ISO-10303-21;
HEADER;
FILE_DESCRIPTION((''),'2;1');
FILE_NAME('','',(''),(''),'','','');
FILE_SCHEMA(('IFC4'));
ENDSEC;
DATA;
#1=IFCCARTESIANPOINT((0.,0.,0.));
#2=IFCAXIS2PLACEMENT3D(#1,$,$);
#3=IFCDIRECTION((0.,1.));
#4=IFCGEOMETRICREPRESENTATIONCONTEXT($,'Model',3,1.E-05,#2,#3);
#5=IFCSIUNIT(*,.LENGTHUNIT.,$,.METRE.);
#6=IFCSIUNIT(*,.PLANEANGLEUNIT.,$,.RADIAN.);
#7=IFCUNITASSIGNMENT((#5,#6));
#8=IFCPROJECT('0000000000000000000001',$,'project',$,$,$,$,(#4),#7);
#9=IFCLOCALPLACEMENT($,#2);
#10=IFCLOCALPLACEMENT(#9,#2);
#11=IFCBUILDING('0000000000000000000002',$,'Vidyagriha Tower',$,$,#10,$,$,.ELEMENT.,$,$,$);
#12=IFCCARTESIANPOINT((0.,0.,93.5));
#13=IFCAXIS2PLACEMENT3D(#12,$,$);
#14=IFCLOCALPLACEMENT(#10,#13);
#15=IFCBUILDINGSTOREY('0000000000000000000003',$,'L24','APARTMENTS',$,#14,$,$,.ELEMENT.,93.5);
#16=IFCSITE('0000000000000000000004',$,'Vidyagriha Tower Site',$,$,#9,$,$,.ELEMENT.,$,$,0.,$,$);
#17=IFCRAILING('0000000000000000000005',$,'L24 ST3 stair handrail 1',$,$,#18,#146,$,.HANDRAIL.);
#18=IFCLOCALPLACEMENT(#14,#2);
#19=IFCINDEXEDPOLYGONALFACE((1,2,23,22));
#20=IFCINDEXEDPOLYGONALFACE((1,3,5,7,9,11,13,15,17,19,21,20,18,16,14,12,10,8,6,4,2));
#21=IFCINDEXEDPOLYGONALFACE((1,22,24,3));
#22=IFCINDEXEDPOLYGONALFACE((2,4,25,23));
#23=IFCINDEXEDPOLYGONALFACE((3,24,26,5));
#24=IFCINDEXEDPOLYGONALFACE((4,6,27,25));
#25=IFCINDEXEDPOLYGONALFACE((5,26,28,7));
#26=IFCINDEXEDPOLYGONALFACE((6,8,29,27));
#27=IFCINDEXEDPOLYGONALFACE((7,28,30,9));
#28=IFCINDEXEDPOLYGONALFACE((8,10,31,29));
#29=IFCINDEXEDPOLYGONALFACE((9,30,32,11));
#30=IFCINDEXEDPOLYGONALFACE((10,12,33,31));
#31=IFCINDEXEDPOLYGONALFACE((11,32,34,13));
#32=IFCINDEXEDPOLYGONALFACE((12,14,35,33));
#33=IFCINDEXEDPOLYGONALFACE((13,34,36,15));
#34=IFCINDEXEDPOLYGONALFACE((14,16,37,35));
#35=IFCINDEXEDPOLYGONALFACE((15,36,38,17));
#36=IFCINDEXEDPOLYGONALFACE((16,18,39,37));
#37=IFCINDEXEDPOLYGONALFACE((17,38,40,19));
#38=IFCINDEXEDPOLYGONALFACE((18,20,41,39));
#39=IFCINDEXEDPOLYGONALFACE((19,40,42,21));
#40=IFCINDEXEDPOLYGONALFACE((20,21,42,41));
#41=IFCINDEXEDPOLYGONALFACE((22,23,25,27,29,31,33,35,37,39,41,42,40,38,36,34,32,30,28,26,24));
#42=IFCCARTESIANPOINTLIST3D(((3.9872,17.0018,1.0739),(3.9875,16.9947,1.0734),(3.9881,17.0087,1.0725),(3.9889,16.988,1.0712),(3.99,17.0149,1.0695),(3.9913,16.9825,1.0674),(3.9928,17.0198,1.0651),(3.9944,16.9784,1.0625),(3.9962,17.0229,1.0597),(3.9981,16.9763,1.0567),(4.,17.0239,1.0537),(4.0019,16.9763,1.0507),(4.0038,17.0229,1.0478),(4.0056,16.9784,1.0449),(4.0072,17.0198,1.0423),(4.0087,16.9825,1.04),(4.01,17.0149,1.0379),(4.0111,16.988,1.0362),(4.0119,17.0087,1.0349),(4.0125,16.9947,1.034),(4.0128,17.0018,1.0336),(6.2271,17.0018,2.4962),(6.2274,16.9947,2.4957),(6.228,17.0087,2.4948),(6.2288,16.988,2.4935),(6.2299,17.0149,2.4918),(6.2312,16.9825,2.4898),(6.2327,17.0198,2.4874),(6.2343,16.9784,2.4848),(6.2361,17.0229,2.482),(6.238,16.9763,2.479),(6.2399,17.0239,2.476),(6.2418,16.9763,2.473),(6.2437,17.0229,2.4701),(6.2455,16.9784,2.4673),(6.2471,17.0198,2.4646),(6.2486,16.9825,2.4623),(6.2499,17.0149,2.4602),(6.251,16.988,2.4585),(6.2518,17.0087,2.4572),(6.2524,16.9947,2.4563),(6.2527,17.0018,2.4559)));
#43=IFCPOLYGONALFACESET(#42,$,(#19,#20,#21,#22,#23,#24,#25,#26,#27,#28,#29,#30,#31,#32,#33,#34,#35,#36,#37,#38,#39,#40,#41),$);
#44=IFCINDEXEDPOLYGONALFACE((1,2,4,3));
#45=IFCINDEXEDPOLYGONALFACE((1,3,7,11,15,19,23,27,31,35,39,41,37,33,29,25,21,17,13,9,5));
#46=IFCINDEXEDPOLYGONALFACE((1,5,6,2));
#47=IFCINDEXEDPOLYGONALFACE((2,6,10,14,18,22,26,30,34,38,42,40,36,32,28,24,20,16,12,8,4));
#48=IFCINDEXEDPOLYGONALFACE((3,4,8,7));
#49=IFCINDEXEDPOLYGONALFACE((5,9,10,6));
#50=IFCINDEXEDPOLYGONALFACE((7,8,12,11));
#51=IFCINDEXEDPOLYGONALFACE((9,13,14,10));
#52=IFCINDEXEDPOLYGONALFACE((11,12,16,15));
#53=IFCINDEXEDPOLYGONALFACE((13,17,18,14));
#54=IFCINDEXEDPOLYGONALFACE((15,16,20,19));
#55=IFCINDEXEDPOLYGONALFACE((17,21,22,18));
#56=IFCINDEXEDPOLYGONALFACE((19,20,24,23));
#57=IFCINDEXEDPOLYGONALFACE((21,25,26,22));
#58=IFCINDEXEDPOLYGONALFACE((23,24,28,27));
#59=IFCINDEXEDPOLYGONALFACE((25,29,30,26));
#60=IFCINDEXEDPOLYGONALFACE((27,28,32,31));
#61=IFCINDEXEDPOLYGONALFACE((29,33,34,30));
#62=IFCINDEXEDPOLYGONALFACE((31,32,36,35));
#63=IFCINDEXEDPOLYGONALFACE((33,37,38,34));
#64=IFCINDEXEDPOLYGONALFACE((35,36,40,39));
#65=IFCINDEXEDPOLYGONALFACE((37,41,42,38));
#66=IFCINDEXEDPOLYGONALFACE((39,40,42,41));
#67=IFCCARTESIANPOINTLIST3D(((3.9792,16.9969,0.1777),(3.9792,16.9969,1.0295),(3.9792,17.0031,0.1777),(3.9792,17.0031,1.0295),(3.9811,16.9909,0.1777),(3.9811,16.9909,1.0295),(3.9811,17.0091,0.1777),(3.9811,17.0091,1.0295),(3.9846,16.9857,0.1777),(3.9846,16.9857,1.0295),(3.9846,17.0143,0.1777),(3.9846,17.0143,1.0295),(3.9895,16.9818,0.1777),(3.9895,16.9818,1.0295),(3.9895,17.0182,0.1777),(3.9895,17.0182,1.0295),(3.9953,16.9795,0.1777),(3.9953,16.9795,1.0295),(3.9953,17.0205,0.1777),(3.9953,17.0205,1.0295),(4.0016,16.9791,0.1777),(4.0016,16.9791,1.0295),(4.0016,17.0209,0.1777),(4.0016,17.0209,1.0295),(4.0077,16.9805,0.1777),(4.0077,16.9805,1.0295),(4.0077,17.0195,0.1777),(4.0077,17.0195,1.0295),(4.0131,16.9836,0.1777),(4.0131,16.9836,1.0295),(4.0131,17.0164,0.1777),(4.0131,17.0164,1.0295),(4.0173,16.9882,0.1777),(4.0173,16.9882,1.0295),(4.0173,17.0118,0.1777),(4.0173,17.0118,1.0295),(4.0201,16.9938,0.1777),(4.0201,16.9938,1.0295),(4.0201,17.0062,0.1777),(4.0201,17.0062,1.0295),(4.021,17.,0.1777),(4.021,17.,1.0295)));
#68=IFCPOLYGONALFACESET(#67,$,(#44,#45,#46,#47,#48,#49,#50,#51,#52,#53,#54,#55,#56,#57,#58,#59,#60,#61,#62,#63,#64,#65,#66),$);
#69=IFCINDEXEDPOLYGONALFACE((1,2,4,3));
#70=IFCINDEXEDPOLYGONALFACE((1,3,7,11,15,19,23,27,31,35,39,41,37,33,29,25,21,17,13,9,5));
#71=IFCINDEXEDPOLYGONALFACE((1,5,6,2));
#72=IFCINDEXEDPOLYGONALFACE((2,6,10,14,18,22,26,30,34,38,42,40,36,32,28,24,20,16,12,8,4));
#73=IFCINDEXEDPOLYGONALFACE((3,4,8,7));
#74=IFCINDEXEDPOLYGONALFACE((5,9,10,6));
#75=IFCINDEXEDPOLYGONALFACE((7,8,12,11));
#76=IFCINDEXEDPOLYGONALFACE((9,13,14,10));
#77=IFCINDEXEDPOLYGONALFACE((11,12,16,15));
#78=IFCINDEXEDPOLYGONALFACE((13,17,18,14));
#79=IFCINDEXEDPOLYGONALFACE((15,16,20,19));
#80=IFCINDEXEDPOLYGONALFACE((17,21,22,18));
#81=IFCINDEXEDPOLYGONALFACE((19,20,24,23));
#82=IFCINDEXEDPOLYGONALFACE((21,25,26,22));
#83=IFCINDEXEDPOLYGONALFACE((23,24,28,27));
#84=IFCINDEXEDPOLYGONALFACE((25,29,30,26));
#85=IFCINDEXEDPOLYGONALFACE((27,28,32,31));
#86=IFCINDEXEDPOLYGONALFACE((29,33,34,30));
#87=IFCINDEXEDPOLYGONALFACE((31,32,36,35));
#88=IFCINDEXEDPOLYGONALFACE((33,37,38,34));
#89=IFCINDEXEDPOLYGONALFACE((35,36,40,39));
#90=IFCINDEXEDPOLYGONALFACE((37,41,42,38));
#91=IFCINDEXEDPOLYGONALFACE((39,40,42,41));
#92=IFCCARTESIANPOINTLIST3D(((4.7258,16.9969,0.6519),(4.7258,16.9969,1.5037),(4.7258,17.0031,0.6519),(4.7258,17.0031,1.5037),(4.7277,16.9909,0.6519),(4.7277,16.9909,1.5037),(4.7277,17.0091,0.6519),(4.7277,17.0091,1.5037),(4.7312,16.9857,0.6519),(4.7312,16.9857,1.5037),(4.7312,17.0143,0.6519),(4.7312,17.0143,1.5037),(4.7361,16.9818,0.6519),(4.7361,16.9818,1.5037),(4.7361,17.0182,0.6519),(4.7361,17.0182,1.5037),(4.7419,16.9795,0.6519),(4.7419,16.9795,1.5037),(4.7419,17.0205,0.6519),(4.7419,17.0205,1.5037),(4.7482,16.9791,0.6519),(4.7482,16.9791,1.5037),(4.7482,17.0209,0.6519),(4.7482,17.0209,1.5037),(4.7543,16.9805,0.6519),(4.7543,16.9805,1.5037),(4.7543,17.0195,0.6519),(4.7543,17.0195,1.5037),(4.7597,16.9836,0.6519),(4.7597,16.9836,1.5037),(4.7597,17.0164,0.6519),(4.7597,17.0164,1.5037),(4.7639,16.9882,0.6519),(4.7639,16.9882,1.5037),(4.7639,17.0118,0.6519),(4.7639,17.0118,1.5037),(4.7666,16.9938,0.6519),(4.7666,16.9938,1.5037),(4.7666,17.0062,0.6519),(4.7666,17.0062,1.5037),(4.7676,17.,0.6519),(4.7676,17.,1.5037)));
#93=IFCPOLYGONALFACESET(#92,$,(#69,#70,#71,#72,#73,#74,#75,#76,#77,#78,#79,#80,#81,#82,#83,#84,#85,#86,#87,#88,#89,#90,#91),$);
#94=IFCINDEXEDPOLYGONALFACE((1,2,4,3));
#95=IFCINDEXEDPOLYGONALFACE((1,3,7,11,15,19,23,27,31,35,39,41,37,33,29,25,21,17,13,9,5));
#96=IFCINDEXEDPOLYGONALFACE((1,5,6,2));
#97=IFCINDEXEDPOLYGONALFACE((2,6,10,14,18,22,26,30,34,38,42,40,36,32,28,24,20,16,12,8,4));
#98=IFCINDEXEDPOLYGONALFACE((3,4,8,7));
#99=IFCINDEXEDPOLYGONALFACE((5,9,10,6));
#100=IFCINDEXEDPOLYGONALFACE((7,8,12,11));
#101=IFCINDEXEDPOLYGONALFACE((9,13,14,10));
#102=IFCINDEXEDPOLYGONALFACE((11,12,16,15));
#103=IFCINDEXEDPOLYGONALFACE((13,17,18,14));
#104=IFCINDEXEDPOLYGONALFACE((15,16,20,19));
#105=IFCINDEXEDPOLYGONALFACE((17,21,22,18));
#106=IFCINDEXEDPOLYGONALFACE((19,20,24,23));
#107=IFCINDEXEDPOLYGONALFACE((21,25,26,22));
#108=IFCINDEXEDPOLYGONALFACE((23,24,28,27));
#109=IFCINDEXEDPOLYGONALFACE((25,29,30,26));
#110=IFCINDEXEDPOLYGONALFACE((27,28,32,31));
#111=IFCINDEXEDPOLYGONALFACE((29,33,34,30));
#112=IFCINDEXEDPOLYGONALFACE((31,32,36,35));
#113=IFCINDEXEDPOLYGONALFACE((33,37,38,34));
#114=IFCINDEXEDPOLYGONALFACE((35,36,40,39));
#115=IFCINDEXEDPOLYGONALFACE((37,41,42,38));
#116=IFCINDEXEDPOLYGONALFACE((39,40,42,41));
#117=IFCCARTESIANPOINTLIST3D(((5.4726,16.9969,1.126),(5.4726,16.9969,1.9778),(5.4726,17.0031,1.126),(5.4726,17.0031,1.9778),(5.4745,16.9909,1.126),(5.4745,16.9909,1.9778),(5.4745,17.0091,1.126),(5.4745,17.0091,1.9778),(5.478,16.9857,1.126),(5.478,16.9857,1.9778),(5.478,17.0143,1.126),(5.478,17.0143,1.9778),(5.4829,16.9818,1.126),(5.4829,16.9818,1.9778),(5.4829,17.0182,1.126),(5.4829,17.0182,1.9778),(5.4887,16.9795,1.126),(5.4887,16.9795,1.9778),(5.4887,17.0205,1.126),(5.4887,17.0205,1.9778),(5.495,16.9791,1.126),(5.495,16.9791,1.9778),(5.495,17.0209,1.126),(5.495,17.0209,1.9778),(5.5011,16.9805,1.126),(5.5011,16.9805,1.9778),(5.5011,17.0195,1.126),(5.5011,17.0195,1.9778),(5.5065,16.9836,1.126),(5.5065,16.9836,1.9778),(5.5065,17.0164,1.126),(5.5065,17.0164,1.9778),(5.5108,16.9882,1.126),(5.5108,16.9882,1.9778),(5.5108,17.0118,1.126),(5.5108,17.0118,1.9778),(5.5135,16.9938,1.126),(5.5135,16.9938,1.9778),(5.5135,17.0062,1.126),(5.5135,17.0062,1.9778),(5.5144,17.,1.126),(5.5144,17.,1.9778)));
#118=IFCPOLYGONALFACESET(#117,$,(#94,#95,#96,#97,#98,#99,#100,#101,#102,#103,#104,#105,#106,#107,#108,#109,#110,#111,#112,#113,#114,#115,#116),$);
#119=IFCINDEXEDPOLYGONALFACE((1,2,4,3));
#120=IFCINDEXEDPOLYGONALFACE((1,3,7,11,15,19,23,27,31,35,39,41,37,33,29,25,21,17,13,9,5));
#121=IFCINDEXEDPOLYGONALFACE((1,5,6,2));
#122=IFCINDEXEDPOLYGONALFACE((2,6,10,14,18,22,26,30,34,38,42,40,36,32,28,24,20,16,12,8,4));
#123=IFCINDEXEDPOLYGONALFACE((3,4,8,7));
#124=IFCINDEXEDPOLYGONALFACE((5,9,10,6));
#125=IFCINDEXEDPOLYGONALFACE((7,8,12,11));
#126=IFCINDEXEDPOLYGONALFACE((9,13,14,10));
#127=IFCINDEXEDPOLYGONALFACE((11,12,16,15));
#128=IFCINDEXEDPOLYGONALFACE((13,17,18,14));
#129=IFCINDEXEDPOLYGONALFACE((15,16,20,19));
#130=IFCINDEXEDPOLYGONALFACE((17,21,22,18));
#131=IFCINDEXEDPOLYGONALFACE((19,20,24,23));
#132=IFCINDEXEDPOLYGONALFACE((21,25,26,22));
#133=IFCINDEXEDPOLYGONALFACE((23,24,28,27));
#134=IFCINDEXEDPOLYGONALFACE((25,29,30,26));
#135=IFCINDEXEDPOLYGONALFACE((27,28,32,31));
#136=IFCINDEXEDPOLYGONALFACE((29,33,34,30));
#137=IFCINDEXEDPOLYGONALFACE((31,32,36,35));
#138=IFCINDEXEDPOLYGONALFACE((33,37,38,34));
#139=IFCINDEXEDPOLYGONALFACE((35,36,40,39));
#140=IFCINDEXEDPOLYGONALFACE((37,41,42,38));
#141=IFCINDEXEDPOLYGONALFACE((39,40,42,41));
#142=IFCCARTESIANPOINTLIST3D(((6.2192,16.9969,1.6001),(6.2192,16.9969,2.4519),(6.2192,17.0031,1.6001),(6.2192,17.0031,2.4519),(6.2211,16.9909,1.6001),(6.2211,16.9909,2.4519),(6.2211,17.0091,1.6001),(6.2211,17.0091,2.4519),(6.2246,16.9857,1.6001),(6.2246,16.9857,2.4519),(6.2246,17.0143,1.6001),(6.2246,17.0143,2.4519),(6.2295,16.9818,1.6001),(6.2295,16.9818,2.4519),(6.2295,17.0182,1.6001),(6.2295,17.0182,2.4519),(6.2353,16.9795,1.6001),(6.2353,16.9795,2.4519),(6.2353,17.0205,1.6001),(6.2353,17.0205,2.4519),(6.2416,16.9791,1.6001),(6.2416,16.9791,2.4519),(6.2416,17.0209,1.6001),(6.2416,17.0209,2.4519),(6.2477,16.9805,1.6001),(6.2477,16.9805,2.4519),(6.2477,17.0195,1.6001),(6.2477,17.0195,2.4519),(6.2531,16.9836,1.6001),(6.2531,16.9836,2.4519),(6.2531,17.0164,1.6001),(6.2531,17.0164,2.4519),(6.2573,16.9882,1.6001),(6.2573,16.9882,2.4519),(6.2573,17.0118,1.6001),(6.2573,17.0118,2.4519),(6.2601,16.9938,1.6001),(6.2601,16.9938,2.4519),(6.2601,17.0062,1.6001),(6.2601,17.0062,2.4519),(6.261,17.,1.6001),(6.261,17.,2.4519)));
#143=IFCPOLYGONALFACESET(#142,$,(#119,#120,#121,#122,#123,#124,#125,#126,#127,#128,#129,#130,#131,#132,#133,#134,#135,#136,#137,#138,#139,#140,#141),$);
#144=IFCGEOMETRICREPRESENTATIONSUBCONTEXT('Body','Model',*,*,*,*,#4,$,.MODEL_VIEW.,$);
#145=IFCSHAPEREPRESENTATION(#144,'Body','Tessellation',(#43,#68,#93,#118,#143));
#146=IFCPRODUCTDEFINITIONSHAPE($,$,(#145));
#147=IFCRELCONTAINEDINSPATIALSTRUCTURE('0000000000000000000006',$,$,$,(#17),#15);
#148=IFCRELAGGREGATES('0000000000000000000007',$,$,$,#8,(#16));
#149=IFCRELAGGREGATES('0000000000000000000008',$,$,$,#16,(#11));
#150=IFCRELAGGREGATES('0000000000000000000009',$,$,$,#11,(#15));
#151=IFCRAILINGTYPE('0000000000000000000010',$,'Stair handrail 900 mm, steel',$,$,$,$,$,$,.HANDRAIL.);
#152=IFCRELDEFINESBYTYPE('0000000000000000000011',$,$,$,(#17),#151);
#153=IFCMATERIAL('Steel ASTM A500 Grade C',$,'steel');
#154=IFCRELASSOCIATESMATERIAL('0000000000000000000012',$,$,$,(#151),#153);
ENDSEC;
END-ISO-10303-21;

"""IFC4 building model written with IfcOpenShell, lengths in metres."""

from ifc_helpers import new_model, si_unit, direction, frame, origin, origin_2d, place, context, subcontext, project, spatial, circle, extrude, material, type_object, element, save


model = new_model("IFC4")

# Units and contexts
model_context = context("Model", 3, precision=1e-05, world=origin(), true_north=direction((0.0, 1.0)))
body_context = subcontext(model_context, "Body", "Model", "MODEL_VIEW")
ifc_project = project(units=[si_unit("LENGTHUNIT", "METRE"), si_unit("PLANEANGLEUNIT", "RADIAN")], contexts=[model_context])

# Site, building, storey
site_placement = place(None, origin())
site = spatial("IfcSite", under=ifc_project, at=site_placement, Name="Vidyagriha Tower Site", CompositionType="ELEMENT", RefElevation=0.0)
building_placement = place(site_placement, origin())
building = spatial("IfcBuilding", under=site, at=building_placement, Name="Vidyagriha Tower", CompositionType="ELEMENT")
storey_placement = place(building_placement, frame((0.0, 0.0, 93.5)))
storey = spatial("IfcBuildingStorey", under=building, at=storey_placement, Name="L24", Description="APARTMENTS", CompositionType="ELEMENT", Elevation=93.5)

# Railing
ifc_material_1 = material(Name="Steel ASTM A500 Grade C", Category="steel")
railing_type_1 = type_object("IfcRailingType", Name="Stair handrail 900 mm, steel", PredefinedType="HANDRAIL", material=ifc_material_1)
railing_1_placement = place(storey_placement, frame((4.0, 17.0, 0.1777)))
element("IfcRailing", 1, at=railing_1_placement, inside=storey, type_object=railing_type_1, Name="L24 ST3 stair handrail 1", PredefinedType="HANDRAIL", context=body_context, shape_type="SweptSolid", body=[
    extrude(circle(Radius=0.0239, at=origin_2d()), frame((0.0, 0.0, 0.876), z_axis=(0.844188, 0.0, 0.536048), x_axis=(0.0, 1.0, 0.0)), (0.0, 0.0, 1.0), 2.6533),
    extrude(circle(Radius=0.021, at=origin_2d()), origin(), (0.0, 0.0, 1.0), 0.8518),
    extrude(circle(Radius=0.021, at=origin_2d()), frame((0.7466, 0.0, 0.4741)), (0.0, 0.0, 1.0), 0.8518),
    extrude(circle(Radius=0.021, at=origin_2d()), frame((1.4934, 0.0, 0.9482)), (0.0, 0.0, 1.0), 0.8518),
    extrude(circle(Radius=0.021, at=origin_2d()), frame((2.24, 0.0, 1.4224)), (0.0, 0.0, 1.0), 0.8518),
])

save(model, "model.ifc")
